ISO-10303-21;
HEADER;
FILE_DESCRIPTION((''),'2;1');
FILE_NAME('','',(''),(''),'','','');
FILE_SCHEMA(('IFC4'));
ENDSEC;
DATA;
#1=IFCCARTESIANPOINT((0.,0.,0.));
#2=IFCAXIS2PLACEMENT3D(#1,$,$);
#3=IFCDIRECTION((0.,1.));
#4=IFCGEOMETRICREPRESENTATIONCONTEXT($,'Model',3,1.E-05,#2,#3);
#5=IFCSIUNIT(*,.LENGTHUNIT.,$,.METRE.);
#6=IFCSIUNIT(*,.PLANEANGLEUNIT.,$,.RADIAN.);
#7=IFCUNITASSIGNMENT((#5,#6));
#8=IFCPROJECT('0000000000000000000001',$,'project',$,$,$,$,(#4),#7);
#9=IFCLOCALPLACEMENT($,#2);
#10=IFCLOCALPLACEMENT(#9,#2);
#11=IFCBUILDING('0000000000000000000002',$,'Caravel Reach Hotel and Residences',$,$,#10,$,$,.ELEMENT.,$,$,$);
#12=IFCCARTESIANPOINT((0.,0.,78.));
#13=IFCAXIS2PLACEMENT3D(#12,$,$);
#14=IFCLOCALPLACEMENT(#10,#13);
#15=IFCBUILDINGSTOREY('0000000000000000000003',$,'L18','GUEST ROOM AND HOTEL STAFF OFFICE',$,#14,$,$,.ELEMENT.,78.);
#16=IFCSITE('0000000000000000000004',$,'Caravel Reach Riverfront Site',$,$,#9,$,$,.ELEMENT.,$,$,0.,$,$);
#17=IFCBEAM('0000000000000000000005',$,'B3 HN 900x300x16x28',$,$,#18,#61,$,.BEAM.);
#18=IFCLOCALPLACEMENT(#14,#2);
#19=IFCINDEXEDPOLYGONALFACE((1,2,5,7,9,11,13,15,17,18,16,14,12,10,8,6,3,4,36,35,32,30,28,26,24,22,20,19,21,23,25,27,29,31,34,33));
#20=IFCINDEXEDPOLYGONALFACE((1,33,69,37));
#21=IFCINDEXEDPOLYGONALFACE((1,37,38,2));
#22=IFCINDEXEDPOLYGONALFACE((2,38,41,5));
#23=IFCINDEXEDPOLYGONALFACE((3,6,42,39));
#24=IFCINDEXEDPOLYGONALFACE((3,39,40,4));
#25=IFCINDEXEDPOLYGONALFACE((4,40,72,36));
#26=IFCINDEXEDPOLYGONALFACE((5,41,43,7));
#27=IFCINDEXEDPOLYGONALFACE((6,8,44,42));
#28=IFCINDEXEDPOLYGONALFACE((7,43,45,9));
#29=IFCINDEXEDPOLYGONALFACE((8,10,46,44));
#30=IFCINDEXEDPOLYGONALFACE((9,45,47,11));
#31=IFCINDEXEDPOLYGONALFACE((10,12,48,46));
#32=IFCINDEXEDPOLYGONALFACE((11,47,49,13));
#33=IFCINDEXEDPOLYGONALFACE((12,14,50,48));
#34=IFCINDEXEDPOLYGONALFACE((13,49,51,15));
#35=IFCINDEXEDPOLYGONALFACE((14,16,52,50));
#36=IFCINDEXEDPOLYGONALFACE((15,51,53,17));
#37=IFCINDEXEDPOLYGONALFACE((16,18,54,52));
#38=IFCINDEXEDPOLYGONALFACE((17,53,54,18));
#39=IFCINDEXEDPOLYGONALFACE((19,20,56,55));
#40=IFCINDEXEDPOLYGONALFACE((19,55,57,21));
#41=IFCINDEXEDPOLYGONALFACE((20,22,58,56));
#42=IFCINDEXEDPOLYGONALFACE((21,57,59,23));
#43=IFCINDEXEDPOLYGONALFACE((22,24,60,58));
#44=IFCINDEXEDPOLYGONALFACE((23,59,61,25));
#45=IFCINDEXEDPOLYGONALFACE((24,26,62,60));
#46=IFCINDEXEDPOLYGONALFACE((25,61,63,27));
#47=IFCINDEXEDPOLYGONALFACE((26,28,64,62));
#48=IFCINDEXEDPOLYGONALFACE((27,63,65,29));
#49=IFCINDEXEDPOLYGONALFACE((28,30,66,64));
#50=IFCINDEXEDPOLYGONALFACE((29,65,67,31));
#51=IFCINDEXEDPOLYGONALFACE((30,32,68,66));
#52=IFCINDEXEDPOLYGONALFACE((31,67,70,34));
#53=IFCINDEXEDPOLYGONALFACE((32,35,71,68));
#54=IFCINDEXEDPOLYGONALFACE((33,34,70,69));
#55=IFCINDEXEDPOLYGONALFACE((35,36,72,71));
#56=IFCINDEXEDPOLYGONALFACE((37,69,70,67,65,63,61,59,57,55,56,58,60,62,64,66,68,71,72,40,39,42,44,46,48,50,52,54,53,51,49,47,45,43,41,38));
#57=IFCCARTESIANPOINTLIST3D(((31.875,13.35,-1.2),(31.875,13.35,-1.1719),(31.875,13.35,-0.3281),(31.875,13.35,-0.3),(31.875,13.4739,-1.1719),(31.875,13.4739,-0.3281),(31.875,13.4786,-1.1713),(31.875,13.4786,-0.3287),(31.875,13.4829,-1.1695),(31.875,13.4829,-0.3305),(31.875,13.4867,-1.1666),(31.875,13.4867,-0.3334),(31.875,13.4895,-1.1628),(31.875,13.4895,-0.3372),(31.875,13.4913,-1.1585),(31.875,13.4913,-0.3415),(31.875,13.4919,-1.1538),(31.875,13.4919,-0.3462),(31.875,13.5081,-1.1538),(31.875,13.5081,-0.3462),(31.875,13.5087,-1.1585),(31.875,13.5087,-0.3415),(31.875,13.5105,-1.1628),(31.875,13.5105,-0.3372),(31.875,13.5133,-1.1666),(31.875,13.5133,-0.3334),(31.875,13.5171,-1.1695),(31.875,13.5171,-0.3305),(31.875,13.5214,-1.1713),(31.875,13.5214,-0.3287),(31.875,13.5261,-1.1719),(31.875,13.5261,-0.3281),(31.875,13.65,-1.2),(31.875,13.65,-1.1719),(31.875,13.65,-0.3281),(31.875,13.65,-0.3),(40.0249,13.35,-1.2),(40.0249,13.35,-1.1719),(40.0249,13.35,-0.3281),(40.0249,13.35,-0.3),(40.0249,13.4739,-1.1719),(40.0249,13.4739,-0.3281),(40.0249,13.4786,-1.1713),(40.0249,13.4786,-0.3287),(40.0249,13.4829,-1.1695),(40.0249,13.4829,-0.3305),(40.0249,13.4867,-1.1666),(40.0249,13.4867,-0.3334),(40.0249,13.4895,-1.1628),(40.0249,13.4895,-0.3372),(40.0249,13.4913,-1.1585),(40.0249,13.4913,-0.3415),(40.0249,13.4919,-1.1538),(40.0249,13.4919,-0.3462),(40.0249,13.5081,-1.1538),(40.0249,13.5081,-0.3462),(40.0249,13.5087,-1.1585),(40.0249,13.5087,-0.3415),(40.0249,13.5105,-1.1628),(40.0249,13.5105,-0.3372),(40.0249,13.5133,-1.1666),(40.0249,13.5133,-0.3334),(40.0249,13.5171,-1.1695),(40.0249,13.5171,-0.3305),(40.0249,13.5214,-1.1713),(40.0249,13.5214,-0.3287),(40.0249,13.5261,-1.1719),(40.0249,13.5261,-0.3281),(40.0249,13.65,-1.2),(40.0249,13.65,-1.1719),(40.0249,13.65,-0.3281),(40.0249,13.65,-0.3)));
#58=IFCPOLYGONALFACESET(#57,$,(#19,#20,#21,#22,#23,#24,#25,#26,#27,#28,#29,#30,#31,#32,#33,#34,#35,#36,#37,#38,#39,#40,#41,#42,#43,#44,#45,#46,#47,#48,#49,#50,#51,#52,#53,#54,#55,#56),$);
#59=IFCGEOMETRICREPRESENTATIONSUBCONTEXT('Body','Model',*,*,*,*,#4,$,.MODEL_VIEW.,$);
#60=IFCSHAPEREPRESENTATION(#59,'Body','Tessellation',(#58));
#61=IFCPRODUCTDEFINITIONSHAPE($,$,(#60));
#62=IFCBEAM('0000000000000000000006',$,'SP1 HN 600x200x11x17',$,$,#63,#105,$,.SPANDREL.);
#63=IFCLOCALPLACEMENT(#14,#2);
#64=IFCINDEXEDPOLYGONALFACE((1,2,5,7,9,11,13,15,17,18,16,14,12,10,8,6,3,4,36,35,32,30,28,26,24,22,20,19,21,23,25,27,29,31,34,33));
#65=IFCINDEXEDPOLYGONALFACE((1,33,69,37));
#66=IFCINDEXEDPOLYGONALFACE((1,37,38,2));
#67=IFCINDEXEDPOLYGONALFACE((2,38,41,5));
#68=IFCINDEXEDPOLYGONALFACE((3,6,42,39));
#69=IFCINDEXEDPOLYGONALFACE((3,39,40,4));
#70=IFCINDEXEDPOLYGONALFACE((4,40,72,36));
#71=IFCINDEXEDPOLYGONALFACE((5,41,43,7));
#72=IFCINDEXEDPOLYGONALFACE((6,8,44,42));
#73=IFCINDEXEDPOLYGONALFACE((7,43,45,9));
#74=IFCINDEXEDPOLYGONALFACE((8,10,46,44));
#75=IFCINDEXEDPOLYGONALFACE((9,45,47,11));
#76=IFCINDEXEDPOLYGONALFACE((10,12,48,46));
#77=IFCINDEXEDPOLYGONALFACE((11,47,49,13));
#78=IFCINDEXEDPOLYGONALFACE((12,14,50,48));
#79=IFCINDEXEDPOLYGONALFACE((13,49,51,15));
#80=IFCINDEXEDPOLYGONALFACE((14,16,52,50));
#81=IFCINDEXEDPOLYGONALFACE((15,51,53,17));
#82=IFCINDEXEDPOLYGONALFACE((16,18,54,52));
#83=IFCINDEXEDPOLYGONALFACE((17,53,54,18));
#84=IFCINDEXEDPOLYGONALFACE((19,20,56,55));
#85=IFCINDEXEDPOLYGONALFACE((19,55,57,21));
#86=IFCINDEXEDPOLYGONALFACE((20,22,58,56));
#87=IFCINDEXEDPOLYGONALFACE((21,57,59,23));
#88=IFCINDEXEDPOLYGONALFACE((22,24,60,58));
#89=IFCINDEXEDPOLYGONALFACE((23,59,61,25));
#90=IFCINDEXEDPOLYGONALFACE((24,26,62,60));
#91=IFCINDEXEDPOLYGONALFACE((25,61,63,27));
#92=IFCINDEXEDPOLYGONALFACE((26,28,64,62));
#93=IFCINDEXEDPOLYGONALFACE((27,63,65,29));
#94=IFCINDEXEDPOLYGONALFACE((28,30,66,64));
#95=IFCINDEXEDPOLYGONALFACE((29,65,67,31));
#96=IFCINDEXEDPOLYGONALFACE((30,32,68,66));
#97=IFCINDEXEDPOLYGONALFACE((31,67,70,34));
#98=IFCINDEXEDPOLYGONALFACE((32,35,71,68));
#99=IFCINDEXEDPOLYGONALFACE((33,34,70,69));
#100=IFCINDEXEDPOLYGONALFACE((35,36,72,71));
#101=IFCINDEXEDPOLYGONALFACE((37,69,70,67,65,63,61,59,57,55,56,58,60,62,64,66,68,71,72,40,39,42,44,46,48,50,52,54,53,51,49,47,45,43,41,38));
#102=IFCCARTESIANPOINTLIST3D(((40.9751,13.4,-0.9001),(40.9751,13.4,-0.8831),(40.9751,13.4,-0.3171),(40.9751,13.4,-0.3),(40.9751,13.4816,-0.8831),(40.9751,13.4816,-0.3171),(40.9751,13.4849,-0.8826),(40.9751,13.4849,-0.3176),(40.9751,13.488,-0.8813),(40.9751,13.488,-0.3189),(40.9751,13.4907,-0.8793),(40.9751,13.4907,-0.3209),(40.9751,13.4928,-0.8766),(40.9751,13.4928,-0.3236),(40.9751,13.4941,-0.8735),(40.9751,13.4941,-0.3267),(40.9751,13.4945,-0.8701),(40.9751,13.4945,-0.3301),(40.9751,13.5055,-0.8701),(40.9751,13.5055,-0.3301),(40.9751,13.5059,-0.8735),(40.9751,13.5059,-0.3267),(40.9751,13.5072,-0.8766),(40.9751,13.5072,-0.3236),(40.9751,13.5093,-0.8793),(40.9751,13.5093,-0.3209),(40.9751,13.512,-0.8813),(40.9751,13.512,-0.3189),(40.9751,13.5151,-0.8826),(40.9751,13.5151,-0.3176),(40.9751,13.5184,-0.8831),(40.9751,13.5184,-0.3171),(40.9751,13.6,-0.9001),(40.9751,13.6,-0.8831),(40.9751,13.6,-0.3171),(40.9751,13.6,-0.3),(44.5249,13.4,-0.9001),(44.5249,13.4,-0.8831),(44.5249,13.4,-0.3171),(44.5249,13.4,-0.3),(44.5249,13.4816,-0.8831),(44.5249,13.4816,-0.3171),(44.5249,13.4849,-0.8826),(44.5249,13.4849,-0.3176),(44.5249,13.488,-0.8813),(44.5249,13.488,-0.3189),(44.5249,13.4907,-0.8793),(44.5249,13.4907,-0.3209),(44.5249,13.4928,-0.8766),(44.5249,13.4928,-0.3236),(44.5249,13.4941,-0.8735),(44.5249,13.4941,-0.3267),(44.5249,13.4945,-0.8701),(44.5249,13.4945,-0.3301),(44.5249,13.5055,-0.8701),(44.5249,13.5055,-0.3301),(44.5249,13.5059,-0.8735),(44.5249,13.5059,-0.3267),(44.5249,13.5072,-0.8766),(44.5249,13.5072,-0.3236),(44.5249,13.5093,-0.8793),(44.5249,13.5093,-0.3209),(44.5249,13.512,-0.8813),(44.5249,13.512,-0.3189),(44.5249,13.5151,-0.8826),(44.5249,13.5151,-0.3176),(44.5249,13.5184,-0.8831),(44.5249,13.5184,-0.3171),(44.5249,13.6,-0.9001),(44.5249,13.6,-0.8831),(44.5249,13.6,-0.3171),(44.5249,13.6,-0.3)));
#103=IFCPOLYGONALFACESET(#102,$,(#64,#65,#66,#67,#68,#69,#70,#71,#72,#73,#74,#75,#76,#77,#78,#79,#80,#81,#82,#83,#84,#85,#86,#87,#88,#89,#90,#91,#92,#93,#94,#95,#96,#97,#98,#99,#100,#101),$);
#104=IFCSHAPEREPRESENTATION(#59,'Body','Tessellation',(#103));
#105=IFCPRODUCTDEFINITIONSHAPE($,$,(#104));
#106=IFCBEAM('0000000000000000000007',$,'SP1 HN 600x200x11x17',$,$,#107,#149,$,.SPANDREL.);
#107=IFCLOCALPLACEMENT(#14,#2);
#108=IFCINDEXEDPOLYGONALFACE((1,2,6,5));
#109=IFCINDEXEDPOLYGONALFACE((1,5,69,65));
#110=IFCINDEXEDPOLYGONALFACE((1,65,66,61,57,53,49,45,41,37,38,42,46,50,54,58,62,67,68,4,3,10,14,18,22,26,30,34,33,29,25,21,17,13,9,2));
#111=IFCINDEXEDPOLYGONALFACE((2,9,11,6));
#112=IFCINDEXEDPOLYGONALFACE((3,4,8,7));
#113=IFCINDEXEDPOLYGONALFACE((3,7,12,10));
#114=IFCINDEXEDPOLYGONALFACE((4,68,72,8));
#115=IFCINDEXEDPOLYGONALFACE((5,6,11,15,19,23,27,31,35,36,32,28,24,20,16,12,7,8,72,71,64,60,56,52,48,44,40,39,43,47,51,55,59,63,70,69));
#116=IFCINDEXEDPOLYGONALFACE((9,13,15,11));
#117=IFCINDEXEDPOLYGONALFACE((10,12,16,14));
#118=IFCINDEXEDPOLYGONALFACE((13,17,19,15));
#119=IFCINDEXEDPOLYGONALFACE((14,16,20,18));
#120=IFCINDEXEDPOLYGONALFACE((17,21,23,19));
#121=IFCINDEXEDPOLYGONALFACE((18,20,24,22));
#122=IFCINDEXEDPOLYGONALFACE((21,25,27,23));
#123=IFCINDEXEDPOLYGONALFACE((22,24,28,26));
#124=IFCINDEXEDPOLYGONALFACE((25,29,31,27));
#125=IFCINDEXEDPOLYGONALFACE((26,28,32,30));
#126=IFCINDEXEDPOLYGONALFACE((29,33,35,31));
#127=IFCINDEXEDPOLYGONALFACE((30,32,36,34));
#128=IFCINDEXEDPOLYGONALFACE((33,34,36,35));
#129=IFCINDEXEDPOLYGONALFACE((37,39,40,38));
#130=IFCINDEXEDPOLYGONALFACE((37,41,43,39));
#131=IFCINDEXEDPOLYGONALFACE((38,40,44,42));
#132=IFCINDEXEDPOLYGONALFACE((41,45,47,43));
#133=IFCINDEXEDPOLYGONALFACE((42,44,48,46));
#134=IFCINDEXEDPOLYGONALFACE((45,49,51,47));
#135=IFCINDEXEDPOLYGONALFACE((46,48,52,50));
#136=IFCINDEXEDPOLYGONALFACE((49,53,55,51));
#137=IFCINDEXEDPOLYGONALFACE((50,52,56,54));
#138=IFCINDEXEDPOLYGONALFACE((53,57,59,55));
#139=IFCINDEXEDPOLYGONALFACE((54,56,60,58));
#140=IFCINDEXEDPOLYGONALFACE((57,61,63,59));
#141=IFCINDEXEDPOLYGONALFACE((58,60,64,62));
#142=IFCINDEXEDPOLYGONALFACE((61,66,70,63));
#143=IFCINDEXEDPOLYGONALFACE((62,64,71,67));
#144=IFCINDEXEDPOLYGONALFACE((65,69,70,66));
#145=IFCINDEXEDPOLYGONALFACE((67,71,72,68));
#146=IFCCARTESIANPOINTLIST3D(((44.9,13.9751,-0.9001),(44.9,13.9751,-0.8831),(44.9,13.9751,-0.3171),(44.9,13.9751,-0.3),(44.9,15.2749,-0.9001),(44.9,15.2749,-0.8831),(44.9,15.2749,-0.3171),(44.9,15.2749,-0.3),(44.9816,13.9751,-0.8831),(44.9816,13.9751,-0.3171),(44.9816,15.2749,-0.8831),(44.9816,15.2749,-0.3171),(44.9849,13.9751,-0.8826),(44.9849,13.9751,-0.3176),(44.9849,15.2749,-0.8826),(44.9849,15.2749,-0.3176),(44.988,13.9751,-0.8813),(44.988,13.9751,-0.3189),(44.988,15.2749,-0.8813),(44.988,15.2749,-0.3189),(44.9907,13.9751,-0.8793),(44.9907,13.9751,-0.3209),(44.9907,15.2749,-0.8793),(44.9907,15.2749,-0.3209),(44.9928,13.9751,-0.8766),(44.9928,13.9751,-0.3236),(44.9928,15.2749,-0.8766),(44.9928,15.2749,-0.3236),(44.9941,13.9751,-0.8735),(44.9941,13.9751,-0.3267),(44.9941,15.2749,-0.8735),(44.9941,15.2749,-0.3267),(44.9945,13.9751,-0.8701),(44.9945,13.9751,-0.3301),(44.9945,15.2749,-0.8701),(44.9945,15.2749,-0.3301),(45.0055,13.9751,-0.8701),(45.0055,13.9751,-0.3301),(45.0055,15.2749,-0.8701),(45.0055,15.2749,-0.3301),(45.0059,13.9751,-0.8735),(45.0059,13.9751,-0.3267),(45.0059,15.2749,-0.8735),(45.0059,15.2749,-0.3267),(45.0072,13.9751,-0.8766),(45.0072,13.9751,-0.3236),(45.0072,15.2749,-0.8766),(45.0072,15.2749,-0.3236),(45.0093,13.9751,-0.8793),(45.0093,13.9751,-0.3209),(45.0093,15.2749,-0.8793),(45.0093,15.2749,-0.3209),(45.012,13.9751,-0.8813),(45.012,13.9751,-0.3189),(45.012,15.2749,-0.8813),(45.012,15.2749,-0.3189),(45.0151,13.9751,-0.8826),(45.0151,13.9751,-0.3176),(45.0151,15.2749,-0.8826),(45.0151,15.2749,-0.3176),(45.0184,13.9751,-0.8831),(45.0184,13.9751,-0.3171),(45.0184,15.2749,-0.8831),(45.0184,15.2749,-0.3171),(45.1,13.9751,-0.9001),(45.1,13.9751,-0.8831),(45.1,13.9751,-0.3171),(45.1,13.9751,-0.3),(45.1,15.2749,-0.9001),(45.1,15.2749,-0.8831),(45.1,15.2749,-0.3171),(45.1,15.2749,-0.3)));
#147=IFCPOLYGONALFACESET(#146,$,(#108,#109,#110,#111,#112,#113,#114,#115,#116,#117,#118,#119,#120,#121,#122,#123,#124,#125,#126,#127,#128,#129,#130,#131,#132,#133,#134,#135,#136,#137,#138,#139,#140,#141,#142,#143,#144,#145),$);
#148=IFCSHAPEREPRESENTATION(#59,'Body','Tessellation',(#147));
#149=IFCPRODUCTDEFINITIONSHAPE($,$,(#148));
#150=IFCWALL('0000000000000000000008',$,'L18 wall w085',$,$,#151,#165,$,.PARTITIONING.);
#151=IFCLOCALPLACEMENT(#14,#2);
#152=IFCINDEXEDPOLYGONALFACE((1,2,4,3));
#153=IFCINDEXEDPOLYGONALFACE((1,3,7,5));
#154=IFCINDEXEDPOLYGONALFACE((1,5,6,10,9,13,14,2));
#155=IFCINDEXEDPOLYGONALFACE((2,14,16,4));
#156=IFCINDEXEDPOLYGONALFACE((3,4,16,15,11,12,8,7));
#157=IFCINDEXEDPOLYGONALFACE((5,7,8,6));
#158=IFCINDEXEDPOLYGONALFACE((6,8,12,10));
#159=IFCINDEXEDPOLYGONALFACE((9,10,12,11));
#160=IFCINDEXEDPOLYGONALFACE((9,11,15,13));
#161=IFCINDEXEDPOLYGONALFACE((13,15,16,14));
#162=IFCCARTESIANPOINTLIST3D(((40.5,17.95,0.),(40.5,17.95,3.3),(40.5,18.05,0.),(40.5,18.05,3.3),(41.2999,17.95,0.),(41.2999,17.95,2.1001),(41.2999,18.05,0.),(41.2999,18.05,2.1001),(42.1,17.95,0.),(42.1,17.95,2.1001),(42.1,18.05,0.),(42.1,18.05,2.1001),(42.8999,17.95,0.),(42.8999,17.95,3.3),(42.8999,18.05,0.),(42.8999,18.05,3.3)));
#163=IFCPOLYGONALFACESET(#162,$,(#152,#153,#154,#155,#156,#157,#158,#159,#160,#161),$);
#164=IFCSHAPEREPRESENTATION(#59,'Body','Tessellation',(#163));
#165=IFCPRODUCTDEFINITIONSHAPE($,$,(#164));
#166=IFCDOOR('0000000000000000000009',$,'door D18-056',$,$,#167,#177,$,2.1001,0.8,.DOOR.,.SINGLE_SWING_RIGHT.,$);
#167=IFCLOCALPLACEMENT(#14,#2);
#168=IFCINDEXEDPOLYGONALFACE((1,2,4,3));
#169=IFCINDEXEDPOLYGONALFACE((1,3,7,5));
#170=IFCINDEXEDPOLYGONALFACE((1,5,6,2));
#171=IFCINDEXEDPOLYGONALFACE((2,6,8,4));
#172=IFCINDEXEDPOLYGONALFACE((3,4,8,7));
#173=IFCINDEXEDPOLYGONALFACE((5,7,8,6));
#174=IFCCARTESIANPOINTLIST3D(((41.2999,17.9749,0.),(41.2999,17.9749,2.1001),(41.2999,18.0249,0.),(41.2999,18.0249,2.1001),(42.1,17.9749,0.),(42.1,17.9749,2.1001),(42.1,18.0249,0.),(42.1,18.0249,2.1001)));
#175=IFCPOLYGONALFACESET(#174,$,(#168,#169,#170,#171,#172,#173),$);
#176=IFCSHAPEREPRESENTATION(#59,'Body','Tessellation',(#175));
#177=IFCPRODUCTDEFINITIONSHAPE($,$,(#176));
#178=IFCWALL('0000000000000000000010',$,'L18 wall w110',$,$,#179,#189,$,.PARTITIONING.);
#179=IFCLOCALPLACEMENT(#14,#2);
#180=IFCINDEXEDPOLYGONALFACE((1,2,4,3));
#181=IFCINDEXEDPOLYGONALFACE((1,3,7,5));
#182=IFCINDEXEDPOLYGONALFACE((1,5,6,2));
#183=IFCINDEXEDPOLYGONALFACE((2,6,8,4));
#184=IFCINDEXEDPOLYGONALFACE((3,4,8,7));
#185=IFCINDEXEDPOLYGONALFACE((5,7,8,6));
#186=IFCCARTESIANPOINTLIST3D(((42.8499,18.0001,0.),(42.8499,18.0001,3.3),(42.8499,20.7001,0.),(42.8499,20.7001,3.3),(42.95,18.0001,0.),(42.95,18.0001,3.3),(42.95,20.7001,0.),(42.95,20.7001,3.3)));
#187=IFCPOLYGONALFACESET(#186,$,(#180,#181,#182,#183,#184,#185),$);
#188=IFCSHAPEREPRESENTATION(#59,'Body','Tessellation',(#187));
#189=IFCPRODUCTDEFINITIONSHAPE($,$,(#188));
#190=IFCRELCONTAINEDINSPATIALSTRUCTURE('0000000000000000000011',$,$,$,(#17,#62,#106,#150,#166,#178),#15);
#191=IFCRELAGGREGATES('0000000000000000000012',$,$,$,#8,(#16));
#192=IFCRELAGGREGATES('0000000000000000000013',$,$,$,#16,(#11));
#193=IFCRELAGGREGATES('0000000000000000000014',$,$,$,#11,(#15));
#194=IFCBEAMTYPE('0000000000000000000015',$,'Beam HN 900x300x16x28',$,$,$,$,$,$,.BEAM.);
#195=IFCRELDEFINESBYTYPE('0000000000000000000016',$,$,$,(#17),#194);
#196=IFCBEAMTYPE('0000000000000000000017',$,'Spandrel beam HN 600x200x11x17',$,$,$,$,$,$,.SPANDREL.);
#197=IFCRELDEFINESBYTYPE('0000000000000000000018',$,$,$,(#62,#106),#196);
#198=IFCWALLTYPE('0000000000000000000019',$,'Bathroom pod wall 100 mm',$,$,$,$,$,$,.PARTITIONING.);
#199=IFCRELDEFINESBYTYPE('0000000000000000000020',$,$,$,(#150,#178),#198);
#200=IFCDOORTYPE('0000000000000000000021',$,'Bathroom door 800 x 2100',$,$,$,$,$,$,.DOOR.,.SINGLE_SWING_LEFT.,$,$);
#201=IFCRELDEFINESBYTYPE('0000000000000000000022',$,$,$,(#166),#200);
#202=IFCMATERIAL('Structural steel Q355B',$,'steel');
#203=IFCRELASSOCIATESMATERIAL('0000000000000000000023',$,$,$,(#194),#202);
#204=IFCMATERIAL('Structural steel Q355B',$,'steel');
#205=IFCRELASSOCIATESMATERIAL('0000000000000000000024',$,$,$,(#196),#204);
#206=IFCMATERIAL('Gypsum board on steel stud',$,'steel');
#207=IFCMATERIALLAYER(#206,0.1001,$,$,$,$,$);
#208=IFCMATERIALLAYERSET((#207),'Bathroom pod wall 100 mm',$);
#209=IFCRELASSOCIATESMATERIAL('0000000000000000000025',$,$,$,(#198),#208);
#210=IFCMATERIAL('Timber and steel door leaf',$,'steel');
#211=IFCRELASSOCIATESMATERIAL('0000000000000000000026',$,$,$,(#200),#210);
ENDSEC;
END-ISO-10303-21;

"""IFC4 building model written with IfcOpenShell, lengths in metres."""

from ifc_helpers import new_model, si_unit, direction, frame, frame_2d, origin, origin_2d, place, context, subcontext, project, spatial, rectangle, i_section, extrude, material, layer, layer_set, material_profile, profile_set, type_object, element, fill, save


model = new_model("IFC4")

# Units and contexts
model_context = context("Model", 3, precision=1e-05, world=origin(), true_north=direction((0.0, 1.0)))
body_context = subcontext(model_context, "Body", "Model", "MODEL_VIEW")
ifc_project = project(units=[si_unit("LENGTHUNIT", "METRE"), si_unit("PLANEANGLEUNIT", "RADIAN")], contexts=[model_context])

# Site, building, storey
site_placement = place(None, origin())
site = spatial("IfcSite", under=ifc_project, at=site_placement, Name="Caravel Reach Riverfront Site", CompositionType="ELEMENT", RefElevation=0.0)
building_placement = place(site_placement, origin())
building = spatial("IfcBuilding", under=site, at=building_placement, Name="Caravel Reach Hotel and Residences", CompositionType="ELEMENT")
storey_placement = place(building_placement, frame((0.0, 0.0, 78.0)))
storey = spatial("IfcBuildingStorey", under=building, at=storey_placement, Name="L18", Description="GUEST ROOM AND HOTEL STAFF OFFICE", CompositionType="ELEMENT", Elevation=78.0)

# Beams
ifc_material_1 = material(Name="Structural steel Q355B", Category="steel")
ifc_material_profile_1 = material_profile(ifc_material_1, i_section(OverallWidth=0.3, OverallDepth=0.8999, WebThickness=0.0161, FlangeThickness=0.0281, FilletRadius=0.0181, at=origin_2d()), Name="HN 900x300x16x28")
ifc_profile_set_1 = profile_set([ifc_material_profile_1], Name="Structural steel Q355B")
beam_type_1 = type_object("IfcBeamType", Name="Beam HN 900x300x16x28", PredefinedType="BEAM", material=ifc_profile_set_1)
beam_1_placement = place(storey_placement, frame((31.875, 13.5, -0.75), z_axis=(1.0, 0.0, 0.0), x_axis=(0.0, 1.0, 0.0)))
element("IfcBeam", 1, at=beam_1_placement, inside=storey, type_object=beam_type_1, Name="B3 HN 900x300x16x28", PredefinedType="BEAM", context=body_context, shape_type="SweptSolid", body=[
    extrude(i_section(OverallWidth=0.3, OverallDepth=0.8999, WebThickness=0.0161, FlangeThickness=0.0281, FilletRadius=0.0181, at=origin_2d()), origin(), (0.0, 0.0, 1.0), 8.1499),
])
ifc_material_2 = material(Name="Structural steel Q355B", Category="steel")
ifc_material_profile_2 = material_profile(ifc_material_2, i_section(OverallWidth=0.2, OverallDepth=0.6001, WebThickness=0.011, FlangeThickness=0.0171, FilletRadius=0.0129, at=origin_2d()), Name="HN 600x200x11x17")
ifc_profile_set_2 = profile_set([ifc_material_profile_2], Name="Structural steel Q355B")
beam_type_2 = type_object("IfcBeamType", Name="Spandrel beam HN 600x200x11x17", PredefinedType="SPANDREL", material=ifc_profile_set_2)
beam_2_placement = place(storey_placement, frame((40.9751, 13.5, -0.6001), z_axis=(1.0, 0.0, 0.0), x_axis=(0.0, 1.0, 0.0)))
element("IfcBeam", 2, at=beam_2_placement, inside=storey, type_object=beam_type_2, Name="SP1 HN 600x200x11x17", PredefinedType="SPANDREL", context=body_context, shape_type="SweptSolid", body=[
    extrude(i_section(OverallWidth=0.2, OverallDepth=0.6001, WebThickness=0.011, FlangeThickness=0.0171, FilletRadius=0.0129, at=origin_2d()), origin(), (0.0, 0.0, 1.0), 3.5498),
])
beam_3_placement = place(storey_placement, frame((45.0, 13.9751, -0.6001), z_axis=(0.0, 1.0, 0.0), x_axis=(-1.0, 0.0, 0.0)))
element("IfcBeam", 3, at=beam_3_placement, inside=storey, type_object=beam_type_2, Name="SP1 HN 600x200x11x17", PredefinedType="SPANDREL", context=body_context, shape_type="SweptSolid", body=[
    extrude(i_section(OverallWidth=0.2, OverallDepth=0.6001, WebThickness=0.011, FlangeThickness=0.0171, FilletRadius=0.0129, at=origin_2d()), origin(), (0.0, 0.0, 1.0), 1.2998),
])

# Wall, opening, door
ifc_material_3 = material(Name="Gypsum board on steel stud", Category="steel")
ifc_layer_1 = layer(ifc_material_3, 0.1001)
ifc_layer_set_1 = layer_set([ifc_layer_1], Name="Bathroom pod wall 100 mm")
wall_type_1 = type_object("IfcWallType", Name="Bathroom pod wall 100 mm", PredefinedType="PARTITIONING", material=ifc_layer_set_1)
wall_1_placement = place(storey_placement, frame((40.5, 18.0, 0.0), z_axis=(0.0, 0.0, 1.0), x_axis=(1.0, 0.0, 0.0)))
wall_1 = element("IfcWall", 4, at=wall_1_placement, inside=storey, type_object=wall_type_1, Name="L18 wall w085", PredefinedType="PARTITIONING", context=body_context, shape_type="SweptSolid", body=[
    extrude(rectangle(XDim=2.3999, YDim=0.1001, at=frame_2d((1.2, 0.0))), origin(), (0.0, 0.0, 1.0), 3.3),
])
opening_1_placement = place(wall_1_placement, frame((0.8, 0.0, 0.0)))
opening_1 = element("IfcOpeningElement", 5, at=opening_1_placement, cuts=wall_1, PredefinedType="OPENING", context=body_context, shape_type="SweptSolid", body=[
    extrude(rectangle(XDim=0.8, YDim=2.1001, at=frame_2d((0.3999, 1.05))), frame((0.0, 0.0601, 0.0), z_axis=(0.0, -1.0, 0.0), x_axis=(1.0, 0.0, 0.0)), (0.0, 0.0, 1.0), 0.1201),
])
ifc_material_4 = material(Name="Timber and steel door leaf", Category="steel")
door_type_1 = type_object("IfcDoorType", Name="Bathroom door 800 x 2100", OperationType="SINGLE_SWING_LEFT", PredefinedType="DOOR", material=ifc_material_4)
door_1_placement = place(opening_1_placement, origin())
door_1 = element("IfcDoor", 6, at=door_1_placement, inside=storey, type_object=door_type_1, Name="door D18-056", OperationType="SINGLE_SWING_RIGHT", OverallHeight=2.1001, OverallWidth=0.8, PredefinedType="DOOR", context=body_context, shape_type="SweptSolid", body=[
    extrude(rectangle(XDim=0.8, YDim=2.1001, at=frame_2d((0.3999, 1.05))), frame((0.0, 0.0249, 0.0), z_axis=(0.0, -1.0, 0.0), x_axis=(1.0, 0.0, 0.0)), (0.0, 0.0, 1.0), 0.05),
])
fill(opening_1, door_1)

# Wall
wall_2_placement = place(storey_placement, frame((42.8999, 18.0, 0.0), z_axis=(0.0, 0.0, 1.0), x_axis=(0.0, 1.0, 0.0)))
element("IfcWall", 7, at=wall_2_placement, inside=storey, type_object=wall_type_1, Name="L18 wall w110", PredefinedType="PARTITIONING", context=body_context, shape_type="SweptSolid", body=[
    extrude(rectangle(XDim=2.7, YDim=0.1001, at=frame_2d((1.3501, 0.0))), origin(), (0.0, 0.0, 1.0), 3.3),
])

save(model, "model.ifc")
